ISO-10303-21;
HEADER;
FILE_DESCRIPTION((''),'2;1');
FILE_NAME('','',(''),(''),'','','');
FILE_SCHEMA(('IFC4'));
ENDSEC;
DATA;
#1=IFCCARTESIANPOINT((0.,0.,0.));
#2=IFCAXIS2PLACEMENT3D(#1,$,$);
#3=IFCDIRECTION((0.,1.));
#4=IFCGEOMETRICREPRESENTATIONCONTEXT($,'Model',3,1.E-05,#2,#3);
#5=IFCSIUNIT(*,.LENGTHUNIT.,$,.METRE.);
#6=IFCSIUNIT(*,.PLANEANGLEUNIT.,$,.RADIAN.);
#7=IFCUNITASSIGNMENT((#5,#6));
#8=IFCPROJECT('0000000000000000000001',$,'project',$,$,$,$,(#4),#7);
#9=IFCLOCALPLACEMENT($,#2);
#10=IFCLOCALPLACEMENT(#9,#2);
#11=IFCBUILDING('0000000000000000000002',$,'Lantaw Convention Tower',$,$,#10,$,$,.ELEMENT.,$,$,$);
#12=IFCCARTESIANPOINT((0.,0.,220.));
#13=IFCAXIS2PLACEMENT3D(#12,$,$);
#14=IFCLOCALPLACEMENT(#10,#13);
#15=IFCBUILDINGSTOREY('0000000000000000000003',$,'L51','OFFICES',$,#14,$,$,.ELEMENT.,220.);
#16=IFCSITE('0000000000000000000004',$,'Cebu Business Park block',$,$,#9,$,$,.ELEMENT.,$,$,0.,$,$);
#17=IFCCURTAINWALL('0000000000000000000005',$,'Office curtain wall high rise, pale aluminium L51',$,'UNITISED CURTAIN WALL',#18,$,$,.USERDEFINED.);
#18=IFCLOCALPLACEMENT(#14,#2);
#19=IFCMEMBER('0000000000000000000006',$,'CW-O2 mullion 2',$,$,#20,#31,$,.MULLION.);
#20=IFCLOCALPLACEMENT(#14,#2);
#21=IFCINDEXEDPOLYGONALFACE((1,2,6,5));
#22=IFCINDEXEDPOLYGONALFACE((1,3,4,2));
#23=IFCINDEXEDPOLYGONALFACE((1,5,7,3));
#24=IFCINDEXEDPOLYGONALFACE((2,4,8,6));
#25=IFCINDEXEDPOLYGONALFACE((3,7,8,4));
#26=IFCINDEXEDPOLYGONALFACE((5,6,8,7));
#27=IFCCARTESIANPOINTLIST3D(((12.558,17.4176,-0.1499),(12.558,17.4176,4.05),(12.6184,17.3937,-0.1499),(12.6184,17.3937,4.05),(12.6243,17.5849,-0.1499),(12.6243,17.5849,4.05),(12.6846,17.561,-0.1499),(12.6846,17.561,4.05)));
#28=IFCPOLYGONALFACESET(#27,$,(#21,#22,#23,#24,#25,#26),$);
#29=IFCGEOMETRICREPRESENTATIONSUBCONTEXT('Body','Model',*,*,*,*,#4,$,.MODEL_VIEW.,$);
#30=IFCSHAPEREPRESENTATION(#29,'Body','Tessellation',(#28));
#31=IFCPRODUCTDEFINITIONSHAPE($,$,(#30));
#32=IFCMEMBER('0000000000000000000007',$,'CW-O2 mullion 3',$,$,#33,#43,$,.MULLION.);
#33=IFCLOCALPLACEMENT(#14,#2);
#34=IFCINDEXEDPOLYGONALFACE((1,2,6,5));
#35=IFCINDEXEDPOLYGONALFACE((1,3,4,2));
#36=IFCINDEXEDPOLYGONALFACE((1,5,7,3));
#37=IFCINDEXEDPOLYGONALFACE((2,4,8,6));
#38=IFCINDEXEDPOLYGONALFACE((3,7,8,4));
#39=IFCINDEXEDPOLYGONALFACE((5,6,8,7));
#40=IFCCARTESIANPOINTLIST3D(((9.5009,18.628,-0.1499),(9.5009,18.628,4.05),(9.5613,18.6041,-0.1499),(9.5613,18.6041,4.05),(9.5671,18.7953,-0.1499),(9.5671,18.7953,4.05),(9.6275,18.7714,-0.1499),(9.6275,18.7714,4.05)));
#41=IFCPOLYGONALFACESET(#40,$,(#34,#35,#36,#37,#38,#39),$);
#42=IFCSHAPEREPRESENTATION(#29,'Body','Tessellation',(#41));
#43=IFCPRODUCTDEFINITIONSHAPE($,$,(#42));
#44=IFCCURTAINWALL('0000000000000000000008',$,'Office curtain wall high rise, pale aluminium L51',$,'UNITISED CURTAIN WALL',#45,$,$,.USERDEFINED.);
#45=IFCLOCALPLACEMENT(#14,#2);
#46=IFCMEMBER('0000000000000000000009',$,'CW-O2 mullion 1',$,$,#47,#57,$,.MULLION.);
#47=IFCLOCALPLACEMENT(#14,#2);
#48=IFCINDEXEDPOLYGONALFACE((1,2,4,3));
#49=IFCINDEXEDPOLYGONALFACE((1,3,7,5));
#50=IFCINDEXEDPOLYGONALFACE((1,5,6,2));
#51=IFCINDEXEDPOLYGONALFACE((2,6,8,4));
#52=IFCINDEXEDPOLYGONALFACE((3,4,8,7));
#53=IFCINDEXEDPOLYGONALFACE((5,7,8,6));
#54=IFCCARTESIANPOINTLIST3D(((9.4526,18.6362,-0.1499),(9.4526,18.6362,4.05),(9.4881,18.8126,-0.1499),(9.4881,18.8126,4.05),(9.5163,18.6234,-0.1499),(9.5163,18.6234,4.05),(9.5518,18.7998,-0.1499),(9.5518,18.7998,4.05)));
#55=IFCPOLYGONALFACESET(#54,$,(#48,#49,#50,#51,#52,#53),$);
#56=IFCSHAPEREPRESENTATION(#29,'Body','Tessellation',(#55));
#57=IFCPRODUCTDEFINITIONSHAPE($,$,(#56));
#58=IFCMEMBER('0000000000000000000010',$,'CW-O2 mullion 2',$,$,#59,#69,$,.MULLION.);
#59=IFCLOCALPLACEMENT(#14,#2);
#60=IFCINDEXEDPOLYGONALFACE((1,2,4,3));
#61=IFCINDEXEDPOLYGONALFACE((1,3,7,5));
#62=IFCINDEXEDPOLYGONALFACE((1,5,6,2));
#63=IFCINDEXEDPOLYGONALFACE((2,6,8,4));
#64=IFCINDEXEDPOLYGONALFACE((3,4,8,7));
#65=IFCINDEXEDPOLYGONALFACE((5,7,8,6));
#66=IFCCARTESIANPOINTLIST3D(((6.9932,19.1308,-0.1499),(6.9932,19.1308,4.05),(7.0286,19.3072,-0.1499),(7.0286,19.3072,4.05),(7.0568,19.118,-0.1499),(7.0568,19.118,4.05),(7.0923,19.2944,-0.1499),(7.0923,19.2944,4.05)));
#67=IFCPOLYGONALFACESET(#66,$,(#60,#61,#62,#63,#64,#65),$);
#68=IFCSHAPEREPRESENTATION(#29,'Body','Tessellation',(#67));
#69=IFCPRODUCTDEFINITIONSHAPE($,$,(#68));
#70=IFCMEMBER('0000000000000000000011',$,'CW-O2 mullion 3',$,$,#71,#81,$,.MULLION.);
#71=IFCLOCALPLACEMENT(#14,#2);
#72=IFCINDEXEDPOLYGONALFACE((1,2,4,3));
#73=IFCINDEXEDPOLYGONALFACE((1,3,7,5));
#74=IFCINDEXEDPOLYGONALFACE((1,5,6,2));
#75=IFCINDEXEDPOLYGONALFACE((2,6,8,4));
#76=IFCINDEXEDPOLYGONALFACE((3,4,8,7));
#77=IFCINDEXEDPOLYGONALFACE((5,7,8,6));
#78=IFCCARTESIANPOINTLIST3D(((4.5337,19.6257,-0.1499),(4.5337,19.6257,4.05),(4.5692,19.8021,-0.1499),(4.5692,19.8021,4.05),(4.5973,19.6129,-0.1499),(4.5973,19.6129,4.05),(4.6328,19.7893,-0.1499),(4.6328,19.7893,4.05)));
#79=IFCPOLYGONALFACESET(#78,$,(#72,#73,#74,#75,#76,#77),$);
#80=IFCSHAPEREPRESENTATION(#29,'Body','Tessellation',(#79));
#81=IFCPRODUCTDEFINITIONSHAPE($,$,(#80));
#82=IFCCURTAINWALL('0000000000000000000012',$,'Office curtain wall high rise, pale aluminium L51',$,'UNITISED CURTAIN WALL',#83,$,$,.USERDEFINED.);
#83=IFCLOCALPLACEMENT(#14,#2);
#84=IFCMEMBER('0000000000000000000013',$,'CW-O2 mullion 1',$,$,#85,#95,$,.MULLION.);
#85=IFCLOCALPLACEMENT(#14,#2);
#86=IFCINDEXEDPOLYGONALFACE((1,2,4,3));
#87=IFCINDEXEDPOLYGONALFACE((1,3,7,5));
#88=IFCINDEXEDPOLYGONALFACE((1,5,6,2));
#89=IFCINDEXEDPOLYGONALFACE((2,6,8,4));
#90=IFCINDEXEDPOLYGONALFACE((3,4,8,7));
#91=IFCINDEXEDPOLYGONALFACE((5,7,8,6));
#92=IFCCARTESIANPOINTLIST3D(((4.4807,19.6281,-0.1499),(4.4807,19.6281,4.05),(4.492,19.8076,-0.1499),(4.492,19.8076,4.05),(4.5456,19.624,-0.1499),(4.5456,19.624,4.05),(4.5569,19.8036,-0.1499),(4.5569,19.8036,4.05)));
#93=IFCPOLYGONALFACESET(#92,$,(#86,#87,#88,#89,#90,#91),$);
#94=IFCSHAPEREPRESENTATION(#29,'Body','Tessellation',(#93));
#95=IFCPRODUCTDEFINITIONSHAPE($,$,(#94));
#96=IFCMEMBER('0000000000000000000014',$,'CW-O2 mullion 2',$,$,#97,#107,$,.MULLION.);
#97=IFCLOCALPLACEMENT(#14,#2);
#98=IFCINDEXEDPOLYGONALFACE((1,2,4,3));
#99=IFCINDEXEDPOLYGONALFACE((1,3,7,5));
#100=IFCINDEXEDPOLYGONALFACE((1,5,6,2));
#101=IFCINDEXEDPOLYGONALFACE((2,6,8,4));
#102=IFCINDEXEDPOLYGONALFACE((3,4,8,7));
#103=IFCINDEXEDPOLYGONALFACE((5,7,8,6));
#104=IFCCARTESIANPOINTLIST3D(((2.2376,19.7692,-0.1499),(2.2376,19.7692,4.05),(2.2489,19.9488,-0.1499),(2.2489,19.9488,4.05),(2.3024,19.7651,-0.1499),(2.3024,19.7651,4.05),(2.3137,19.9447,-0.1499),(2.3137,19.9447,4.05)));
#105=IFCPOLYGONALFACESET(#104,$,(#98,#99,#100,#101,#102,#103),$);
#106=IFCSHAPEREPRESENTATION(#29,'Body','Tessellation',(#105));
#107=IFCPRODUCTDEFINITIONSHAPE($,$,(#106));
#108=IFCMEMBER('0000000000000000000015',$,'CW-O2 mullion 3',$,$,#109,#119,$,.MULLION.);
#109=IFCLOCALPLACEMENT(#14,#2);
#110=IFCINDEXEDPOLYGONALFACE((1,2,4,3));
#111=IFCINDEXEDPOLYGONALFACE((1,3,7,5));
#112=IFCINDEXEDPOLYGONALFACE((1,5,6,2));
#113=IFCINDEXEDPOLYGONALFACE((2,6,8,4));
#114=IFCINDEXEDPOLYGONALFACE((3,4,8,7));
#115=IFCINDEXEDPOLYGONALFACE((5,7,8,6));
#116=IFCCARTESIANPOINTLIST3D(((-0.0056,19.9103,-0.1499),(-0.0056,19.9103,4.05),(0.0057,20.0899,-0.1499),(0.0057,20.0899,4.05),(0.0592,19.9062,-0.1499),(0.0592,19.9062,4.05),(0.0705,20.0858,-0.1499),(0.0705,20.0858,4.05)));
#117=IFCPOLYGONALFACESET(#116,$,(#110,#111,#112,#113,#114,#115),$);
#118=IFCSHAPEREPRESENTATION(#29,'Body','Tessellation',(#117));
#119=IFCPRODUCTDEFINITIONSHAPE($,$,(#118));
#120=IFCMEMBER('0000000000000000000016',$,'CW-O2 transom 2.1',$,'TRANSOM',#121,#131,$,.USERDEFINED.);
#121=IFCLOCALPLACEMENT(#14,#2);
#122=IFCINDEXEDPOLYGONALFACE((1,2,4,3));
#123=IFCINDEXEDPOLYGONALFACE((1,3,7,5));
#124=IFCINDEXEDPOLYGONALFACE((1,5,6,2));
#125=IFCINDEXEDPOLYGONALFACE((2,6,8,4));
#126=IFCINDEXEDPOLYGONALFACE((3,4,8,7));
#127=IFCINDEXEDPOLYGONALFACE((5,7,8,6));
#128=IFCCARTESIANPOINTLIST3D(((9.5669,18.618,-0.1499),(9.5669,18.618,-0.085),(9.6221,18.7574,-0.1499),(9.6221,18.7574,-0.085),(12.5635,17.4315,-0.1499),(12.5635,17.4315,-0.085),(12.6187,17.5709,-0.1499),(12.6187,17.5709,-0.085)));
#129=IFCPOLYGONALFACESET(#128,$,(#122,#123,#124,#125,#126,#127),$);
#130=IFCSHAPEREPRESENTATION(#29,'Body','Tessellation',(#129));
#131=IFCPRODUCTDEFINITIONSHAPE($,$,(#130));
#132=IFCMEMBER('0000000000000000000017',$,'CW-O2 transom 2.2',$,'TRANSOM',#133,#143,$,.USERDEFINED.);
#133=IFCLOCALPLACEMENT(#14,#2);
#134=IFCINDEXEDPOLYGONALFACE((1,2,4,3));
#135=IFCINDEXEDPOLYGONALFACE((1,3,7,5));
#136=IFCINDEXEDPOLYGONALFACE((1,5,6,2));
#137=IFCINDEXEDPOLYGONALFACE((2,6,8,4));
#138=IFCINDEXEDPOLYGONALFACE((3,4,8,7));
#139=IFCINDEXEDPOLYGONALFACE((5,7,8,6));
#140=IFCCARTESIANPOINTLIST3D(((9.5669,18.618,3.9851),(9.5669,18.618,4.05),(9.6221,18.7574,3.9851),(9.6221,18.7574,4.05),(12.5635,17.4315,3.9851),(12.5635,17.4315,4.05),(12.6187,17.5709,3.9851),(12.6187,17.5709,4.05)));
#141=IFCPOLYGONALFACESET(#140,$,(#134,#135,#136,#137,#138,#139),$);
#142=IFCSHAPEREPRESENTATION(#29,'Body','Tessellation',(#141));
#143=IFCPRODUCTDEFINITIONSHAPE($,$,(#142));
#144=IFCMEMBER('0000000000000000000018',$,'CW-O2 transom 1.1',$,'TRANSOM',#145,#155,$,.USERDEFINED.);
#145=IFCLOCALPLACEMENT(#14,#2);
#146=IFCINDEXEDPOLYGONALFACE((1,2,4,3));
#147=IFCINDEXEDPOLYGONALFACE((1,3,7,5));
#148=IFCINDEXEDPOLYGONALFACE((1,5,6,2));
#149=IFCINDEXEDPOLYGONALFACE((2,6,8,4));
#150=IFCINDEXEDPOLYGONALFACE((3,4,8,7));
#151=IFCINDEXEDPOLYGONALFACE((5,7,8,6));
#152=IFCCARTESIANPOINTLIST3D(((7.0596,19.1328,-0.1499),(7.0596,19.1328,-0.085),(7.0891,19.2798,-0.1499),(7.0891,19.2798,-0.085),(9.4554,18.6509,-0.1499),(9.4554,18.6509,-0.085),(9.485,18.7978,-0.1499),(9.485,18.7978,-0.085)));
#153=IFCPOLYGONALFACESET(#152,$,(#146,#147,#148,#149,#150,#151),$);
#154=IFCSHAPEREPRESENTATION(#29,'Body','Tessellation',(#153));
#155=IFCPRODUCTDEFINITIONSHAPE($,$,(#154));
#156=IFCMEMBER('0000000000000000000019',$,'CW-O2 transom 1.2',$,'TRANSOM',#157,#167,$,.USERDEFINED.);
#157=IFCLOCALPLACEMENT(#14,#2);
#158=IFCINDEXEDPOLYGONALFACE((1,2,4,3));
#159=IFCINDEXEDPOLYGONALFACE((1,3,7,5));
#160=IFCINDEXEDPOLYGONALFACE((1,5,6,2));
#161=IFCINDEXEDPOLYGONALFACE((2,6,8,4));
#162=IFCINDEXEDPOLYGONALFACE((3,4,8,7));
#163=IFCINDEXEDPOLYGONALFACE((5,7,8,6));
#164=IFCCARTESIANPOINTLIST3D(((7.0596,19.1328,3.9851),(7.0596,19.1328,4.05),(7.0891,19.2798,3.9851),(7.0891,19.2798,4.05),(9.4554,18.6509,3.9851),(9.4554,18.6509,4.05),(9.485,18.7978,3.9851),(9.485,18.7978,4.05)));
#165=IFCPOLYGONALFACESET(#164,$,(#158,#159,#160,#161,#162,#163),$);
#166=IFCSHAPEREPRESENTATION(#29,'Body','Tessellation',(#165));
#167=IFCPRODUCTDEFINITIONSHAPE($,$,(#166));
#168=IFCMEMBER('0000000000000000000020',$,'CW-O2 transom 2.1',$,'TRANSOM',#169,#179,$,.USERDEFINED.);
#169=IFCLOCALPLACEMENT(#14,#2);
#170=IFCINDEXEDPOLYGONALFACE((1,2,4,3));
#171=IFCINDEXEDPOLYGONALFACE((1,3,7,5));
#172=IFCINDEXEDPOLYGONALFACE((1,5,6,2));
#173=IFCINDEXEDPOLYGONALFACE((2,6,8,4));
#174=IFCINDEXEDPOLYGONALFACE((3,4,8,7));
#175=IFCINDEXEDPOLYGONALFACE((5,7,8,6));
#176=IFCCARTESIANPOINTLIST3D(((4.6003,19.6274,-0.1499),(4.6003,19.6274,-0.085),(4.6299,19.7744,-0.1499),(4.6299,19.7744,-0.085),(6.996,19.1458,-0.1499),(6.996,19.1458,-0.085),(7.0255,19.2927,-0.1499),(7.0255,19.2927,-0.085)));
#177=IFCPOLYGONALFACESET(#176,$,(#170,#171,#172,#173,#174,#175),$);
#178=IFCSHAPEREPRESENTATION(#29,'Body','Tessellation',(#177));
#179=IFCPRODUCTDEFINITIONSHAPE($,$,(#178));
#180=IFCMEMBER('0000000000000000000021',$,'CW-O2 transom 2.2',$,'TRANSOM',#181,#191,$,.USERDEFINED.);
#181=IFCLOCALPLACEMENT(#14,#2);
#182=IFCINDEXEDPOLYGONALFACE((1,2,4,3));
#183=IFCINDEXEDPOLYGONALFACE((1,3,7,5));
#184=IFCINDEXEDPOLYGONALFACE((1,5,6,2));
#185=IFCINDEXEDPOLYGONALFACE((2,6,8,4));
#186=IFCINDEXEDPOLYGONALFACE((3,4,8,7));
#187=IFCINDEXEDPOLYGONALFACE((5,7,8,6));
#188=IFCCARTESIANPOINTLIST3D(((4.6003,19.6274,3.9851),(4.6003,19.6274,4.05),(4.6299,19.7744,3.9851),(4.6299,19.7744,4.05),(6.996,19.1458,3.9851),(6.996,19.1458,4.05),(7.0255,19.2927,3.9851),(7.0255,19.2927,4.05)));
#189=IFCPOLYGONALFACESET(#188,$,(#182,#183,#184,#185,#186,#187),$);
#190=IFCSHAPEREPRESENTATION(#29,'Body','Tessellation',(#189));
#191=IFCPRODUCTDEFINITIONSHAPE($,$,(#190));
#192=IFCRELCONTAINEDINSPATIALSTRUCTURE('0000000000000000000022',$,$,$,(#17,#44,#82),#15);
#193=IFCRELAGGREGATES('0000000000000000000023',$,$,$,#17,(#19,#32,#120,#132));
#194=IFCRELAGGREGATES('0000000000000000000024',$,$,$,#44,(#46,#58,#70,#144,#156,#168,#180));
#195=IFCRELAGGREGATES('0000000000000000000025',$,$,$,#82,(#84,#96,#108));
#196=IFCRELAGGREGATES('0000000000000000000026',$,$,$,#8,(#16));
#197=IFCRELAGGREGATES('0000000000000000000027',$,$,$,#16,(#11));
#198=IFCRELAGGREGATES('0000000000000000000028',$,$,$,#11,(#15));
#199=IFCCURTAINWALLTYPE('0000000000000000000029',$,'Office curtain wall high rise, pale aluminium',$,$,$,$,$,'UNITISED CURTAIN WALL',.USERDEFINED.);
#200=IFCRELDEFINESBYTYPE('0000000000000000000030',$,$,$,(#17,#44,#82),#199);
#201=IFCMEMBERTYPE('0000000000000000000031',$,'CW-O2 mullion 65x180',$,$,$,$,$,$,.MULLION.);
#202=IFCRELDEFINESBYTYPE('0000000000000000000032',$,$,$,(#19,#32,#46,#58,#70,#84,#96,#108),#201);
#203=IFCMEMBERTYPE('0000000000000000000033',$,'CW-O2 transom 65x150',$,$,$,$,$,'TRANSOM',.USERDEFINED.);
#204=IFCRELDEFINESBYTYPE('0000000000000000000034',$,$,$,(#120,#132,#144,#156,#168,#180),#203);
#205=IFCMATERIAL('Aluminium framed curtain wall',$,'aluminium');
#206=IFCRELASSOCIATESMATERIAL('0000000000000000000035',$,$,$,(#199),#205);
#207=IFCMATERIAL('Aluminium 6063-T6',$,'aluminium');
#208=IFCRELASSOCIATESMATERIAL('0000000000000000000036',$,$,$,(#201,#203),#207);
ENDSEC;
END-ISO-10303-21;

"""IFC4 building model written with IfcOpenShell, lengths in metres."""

from ifc_helpers import new_model, si_unit, direction, frame, origin, origin_2d, place, context, subcontext, project, spatial, rectangle, extrude, material, material_profile, profile_set, type_object, element, aggregate, save


model = new_model("IFC4")

# Units and contexts
model_context = context("Model", 3, precision=1e-05, world=origin(), true_north=direction((0.0, 1.0)))
body_context = subcontext(model_context, "Body", "Model", "MODEL_VIEW")
ifc_project = project(units=[si_unit("LENGTHUNIT", "METRE"), si_unit("PLANEANGLEUNIT", "RADIAN")], contexts=[model_context])

# Site, building, storey
site_placement = place(None, origin())
site = spatial("IfcSite", under=ifc_project, at=site_placement, Name="Cebu Business Park block", CompositionType="ELEMENT", RefElevation=0.0)
building_placement = place(site_placement, origin())
building = spatial("IfcBuilding", under=site, at=building_placement, Name="Lantaw Convention Tower", CompositionType="ELEMENT")
storey_placement = place(building_placement, frame((0.0, 0.0, 220.0)))
storey = spatial("IfcBuildingStorey", under=building, at=storey_placement, Name="L51", Description="OFFICES", CompositionType="ELEMENT", Elevation=220.0)

# Curtain walls, members
ifc_material_1 = material(Name="Aluminium framed curtain wall", Category="aluminium")
curtain_wall_type = type_object("IfcCurtainWallType", Name="Office curtain wall high rise, pale aluminium", ElementType="UNITISED CURTAIN WALL", PredefinedType="USERDEFINED", material=ifc_material_1)
curtain_wall_1_placement = place(storey_placement, origin())
curtain_wall_1 = element("IfcCurtainWall", 1, at=curtain_wall_1_placement, inside=storey, type_object=curtain_wall_type, Name="Office curtain wall high rise, pale aluminium L51", ObjectType="UNITISED CURTAIN WALL", PredefinedType="USERDEFINED")
ifc_material_2 = material(Name="Aluminium 6063-T6", Category="aluminium")
ifc_material_profile_1 = material_profile(ifc_material_2, rectangle(XDim=0.1799, YDim=0.0649, at=origin_2d()), Name="CW-O2 mullion 65x180")
ifc_profile_set_1 = profile_set([ifc_material_profile_1], Name="Aluminium 6063-T6")
member_type_1 = type_object("IfcMemberType", Name="CW-O2 mullion 65x180", PredefinedType="MULLION", material=ifc_profile_set_1)
member_1_placement = place(storey_placement, frame((12.6213, 17.4893, -0.1499), z_axis=(0.0, 0.0, 1.0), x_axis=(-0.368162, -0.929762, 0.0)))
member_1 = element("IfcMember", 2, at=member_1_placement, type_object=member_type_1, Name="CW-O2 mullion 2", PredefinedType="MULLION", context=body_context, shape_type="SweptSolid", body=[
    extrude(rectangle(XDim=0.1799, YDim=0.0649, at=origin_2d()), origin(), (0.0, 0.0, 1.0), 4.2),
])
member_2_placement = place(storey_placement, frame((9.5642, 18.6997, -0.1499), z_axis=(0.0, 0.0, 1.0), x_axis=(-0.368162, -0.929762, 0.0)))
member_2 = element("IfcMember", 3, at=member_2_placement, type_object=member_type_1, Name="CW-O2 mullion 3", PredefinedType="MULLION", context=body_context, shape_type="SweptSolid", body=[
    extrude(rectangle(XDim=0.1799, YDim=0.0649, at=origin_2d()), origin(), (0.0, 0.0, 1.0), 4.2),
])
curtain_wall_2_placement = place(storey_placement, origin())
curtain_wall_2 = element("IfcCurtainWall", 4, at=curtain_wall_2_placement, inside=storey, type_object=curtain_wall_type, Name="Office curtain wall high rise, pale aluminium L51", ObjectType="UNITISED CURTAIN WALL", PredefinedType="USERDEFINED")
member_3_placement = place(storey_placement, frame((9.5022, 18.718, -0.1499), z_axis=(0.0, 0.0, 1.0), x_axis=(-0.197183, -0.980367, 0.0)))
member_3 = element("IfcMember", 5, at=member_3_placement, type_object=member_type_1, Name="CW-O2 mullion 1", PredefinedType="MULLION", context=body_context, shape_type="SweptSolid", body=[
    extrude(rectangle(XDim=0.1799, YDim=0.0649, at=origin_2d()), origin(), (0.0, 0.0, 1.0), 4.2),
])
member_4_placement = place(storey_placement, frame((7.0427, 19.2126, -0.1499), z_axis=(0.0, 0.0, 1.0), x_axis=(-0.197183, -0.980367, 0.0)))
member_4 = element("IfcMember", 6, at=member_4_placement, type_object=member_type_1, Name="CW-O2 mullion 2", PredefinedType="MULLION", context=body_context, shape_type="SweptSolid", body=[
    extrude(rectangle(XDim=0.1799, YDim=0.0649, at=origin_2d()), origin(), (0.0, 0.0, 1.0), 4.2),
])
member_5_placement = place(storey_placement, frame((4.5833, 19.7075, -0.1499), z_axis=(0.0, 0.0, 1.0), x_axis=(-0.197183, -0.980367, 0.0)))
member_5 = element("IfcMember", 7, at=member_5_placement, type_object=member_type_1, Name="CW-O2 mullion 3", PredefinedType="MULLION", context=body_context, shape_type="SweptSolid", body=[
    extrude(rectangle(XDim=0.1799, YDim=0.0649, at=origin_2d()), origin(), (0.0, 0.0, 1.0), 4.2),
])
curtain_wall_3_placement = place(storey_placement, origin())
curtain_wall_3 = element("IfcCurtainWall", 8, at=curtain_wall_3_placement, inside=storey, type_object=curtain_wall_type, Name="Office curtain wall high rise, pale aluminium L51", ObjectType="UNITISED CURTAIN WALL", PredefinedType="USERDEFINED")
member_6_placement = place(storey_placement, frame((4.5188, 19.7158, -0.1499), z_axis=(0.0, 0.0, 1.0), x_axis=(-0.062758, -0.998029, 0.0)))
member_6 = element("IfcMember", 9, at=member_6_placement, type_object=member_type_1, Name="CW-O2 mullion 1", PredefinedType="MULLION", context=body_context, shape_type="SweptSolid", body=[
    extrude(rectangle(XDim=0.1799, YDim=0.0649, at=origin_2d()), origin(), (0.0, 0.0, 1.0), 4.2),
])
member_7_placement = place(storey_placement, frame((2.2756, 19.8569, -0.1499), z_axis=(0.0, 0.0, 1.0), x_axis=(-0.062758, -0.998029, 0.0)))
member_7 = element("IfcMember", 10, at=member_7_placement, type_object=member_type_1, Name="CW-O2 mullion 2", PredefinedType="MULLION", context=body_context, shape_type="SweptSolid", body=[
    extrude(rectangle(XDim=0.1799, YDim=0.0649, at=origin_2d()), origin(), (0.0, 0.0, 1.0), 4.2),
])
member_8_placement = place(storey_placement, frame((0.0325, 19.998, -0.1499), z_axis=(0.0, 0.0, 1.0), x_axis=(-0.062758, -0.998029, 0.0)))
member_8 = element("IfcMember", 11, at=member_8_placement, type_object=member_type_1, Name="CW-O2 mullion 3", PredefinedType="MULLION", context=body_context, shape_type="SweptSolid", body=[
    extrude(rectangle(XDim=0.1799, YDim=0.0649, at=origin_2d()), origin(), (0.0, 0.0, 1.0), 4.2),
])

# Members
ifc_material_profile_2 = material_profile(ifc_material_2, rectangle(XDim=0.1499, YDim=0.0649, at=origin_2d()), Name="CW-O2 transom 65x150")
ifc_profile_set_2 = profile_set([ifc_material_profile_2], Name="Aluminium 6063-T6")
member_type_2 = type_object("IfcMemberType", Name="CW-O2 transom 65x150", ElementType="TRANSOM", PredefinedType="USERDEFINED", material=ifc_profile_set_2)
member_9_placement = place(storey_placement, frame((12.5911, 17.5012, -0.1174), z_axis=(-0.929767, 0.368149, 0.0), x_axis=(-0.368149, -0.929767, 0.0)))
member_9 = element("IfcMember", 12, at=member_9_placement, type_object=member_type_2, Name="CW-O2 transom 2.1", ObjectType="TRANSOM", PredefinedType="USERDEFINED", context=body_context, shape_type="SweptSolid", body=[
    extrude(rectangle(XDim=0.1499, YDim=0.0649, at=origin_2d()), origin(), (0.0, 0.0, 1.0), 3.2229),
])
member_10_placement = place(storey_placement, frame((12.5911, 17.5012, 4.0176), z_axis=(-0.929767, 0.368149, 0.0), x_axis=(-0.368149, -0.929767, 0.0)))
member_10 = element("IfcMember", 13, at=member_10_placement, type_object=member_type_2, Name="CW-O2 transom 2.2", ObjectType="TRANSOM", PredefinedType="USERDEFINED", context=body_context, shape_type="SweptSolid", body=[
    extrude(rectangle(XDim=0.1499, YDim=0.0649, at=origin_2d()), origin(), (0.0, 0.0, 1.0), 3.2229),
])
member_11_placement = place(storey_placement, frame((9.4702, 18.7244, -0.1174), z_axis=(-0.980361, 0.197211, 0.0), x_axis=(-0.197211, -0.980361, 0.0)))
member_11 = element("IfcMember", 14, at=member_11_placement, type_object=member_type_2, Name="CW-O2 transom 1.1", ObjectType="TRANSOM", PredefinedType="USERDEFINED", context=body_context, shape_type="SweptSolid", body=[
    extrude(rectangle(XDim=0.1499, YDim=0.0649, at=origin_2d()), origin(), (0.0, 0.0, 1.0), 2.4438),
])
member_12_placement = place(storey_placement, frame((9.4702, 18.7244, 4.0176), z_axis=(-0.980361, 0.197211, 0.0), x_axis=(-0.197211, -0.980361, 0.0)))
member_12 = element("IfcMember", 15, at=member_12_placement, type_object=member_type_2, Name="CW-O2 transom 1.2", ObjectType="TRANSOM", PredefinedType="USERDEFINED", context=body_context, shape_type="SweptSolid", body=[
    extrude(rectangle(XDim=0.1499, YDim=0.0649, at=origin_2d()), origin(), (0.0, 0.0, 1.0), 2.4438),
])
member_13_placement = place(storey_placement, frame((7.0107, 19.2192, -0.1174), z_axis=(-0.98038, 0.197115, 0.0), x_axis=(-0.197115, -0.98038, 0.0)))
member_13 = element("IfcMember", 16, at=member_13_placement, type_object=member_type_2, Name="CW-O2 transom 2.1", ObjectType="TRANSOM", PredefinedType="USERDEFINED", context=body_context, shape_type="SweptSolid", body=[
    extrude(rectangle(XDim=0.1499, YDim=0.0649, at=origin_2d()), origin(), (0.0, 0.0, 1.0), 2.4436),
])
member_14_placement = place(storey_placement, frame((7.0107, 19.2192, 4.0176), z_axis=(-0.98038, 0.197115, 0.0), x_axis=(-0.197115, -0.98038, 0.0)))
member_14 = element("IfcMember", 17, at=member_14_placement, type_object=member_type_2, Name="CW-O2 transom 2.2", ObjectType="TRANSOM", PredefinedType="USERDEFINED", context=body_context, shape_type="SweptSolid", body=[
    extrude(rectangle(XDim=0.1499, YDim=0.0649, at=origin_2d()), origin(), (0.0, 0.0, 1.0), 2.4436),
])

aggregate(curtain_wall_1, [member_1, member_2, member_9, member_10])
aggregate(curtain_wall_2, [member_3, member_4, member_5, member_11, member_12, member_13, member_14])
aggregate(curtain_wall_3, [member_6, member_7, member_8])

save(model, "model.ifc")
